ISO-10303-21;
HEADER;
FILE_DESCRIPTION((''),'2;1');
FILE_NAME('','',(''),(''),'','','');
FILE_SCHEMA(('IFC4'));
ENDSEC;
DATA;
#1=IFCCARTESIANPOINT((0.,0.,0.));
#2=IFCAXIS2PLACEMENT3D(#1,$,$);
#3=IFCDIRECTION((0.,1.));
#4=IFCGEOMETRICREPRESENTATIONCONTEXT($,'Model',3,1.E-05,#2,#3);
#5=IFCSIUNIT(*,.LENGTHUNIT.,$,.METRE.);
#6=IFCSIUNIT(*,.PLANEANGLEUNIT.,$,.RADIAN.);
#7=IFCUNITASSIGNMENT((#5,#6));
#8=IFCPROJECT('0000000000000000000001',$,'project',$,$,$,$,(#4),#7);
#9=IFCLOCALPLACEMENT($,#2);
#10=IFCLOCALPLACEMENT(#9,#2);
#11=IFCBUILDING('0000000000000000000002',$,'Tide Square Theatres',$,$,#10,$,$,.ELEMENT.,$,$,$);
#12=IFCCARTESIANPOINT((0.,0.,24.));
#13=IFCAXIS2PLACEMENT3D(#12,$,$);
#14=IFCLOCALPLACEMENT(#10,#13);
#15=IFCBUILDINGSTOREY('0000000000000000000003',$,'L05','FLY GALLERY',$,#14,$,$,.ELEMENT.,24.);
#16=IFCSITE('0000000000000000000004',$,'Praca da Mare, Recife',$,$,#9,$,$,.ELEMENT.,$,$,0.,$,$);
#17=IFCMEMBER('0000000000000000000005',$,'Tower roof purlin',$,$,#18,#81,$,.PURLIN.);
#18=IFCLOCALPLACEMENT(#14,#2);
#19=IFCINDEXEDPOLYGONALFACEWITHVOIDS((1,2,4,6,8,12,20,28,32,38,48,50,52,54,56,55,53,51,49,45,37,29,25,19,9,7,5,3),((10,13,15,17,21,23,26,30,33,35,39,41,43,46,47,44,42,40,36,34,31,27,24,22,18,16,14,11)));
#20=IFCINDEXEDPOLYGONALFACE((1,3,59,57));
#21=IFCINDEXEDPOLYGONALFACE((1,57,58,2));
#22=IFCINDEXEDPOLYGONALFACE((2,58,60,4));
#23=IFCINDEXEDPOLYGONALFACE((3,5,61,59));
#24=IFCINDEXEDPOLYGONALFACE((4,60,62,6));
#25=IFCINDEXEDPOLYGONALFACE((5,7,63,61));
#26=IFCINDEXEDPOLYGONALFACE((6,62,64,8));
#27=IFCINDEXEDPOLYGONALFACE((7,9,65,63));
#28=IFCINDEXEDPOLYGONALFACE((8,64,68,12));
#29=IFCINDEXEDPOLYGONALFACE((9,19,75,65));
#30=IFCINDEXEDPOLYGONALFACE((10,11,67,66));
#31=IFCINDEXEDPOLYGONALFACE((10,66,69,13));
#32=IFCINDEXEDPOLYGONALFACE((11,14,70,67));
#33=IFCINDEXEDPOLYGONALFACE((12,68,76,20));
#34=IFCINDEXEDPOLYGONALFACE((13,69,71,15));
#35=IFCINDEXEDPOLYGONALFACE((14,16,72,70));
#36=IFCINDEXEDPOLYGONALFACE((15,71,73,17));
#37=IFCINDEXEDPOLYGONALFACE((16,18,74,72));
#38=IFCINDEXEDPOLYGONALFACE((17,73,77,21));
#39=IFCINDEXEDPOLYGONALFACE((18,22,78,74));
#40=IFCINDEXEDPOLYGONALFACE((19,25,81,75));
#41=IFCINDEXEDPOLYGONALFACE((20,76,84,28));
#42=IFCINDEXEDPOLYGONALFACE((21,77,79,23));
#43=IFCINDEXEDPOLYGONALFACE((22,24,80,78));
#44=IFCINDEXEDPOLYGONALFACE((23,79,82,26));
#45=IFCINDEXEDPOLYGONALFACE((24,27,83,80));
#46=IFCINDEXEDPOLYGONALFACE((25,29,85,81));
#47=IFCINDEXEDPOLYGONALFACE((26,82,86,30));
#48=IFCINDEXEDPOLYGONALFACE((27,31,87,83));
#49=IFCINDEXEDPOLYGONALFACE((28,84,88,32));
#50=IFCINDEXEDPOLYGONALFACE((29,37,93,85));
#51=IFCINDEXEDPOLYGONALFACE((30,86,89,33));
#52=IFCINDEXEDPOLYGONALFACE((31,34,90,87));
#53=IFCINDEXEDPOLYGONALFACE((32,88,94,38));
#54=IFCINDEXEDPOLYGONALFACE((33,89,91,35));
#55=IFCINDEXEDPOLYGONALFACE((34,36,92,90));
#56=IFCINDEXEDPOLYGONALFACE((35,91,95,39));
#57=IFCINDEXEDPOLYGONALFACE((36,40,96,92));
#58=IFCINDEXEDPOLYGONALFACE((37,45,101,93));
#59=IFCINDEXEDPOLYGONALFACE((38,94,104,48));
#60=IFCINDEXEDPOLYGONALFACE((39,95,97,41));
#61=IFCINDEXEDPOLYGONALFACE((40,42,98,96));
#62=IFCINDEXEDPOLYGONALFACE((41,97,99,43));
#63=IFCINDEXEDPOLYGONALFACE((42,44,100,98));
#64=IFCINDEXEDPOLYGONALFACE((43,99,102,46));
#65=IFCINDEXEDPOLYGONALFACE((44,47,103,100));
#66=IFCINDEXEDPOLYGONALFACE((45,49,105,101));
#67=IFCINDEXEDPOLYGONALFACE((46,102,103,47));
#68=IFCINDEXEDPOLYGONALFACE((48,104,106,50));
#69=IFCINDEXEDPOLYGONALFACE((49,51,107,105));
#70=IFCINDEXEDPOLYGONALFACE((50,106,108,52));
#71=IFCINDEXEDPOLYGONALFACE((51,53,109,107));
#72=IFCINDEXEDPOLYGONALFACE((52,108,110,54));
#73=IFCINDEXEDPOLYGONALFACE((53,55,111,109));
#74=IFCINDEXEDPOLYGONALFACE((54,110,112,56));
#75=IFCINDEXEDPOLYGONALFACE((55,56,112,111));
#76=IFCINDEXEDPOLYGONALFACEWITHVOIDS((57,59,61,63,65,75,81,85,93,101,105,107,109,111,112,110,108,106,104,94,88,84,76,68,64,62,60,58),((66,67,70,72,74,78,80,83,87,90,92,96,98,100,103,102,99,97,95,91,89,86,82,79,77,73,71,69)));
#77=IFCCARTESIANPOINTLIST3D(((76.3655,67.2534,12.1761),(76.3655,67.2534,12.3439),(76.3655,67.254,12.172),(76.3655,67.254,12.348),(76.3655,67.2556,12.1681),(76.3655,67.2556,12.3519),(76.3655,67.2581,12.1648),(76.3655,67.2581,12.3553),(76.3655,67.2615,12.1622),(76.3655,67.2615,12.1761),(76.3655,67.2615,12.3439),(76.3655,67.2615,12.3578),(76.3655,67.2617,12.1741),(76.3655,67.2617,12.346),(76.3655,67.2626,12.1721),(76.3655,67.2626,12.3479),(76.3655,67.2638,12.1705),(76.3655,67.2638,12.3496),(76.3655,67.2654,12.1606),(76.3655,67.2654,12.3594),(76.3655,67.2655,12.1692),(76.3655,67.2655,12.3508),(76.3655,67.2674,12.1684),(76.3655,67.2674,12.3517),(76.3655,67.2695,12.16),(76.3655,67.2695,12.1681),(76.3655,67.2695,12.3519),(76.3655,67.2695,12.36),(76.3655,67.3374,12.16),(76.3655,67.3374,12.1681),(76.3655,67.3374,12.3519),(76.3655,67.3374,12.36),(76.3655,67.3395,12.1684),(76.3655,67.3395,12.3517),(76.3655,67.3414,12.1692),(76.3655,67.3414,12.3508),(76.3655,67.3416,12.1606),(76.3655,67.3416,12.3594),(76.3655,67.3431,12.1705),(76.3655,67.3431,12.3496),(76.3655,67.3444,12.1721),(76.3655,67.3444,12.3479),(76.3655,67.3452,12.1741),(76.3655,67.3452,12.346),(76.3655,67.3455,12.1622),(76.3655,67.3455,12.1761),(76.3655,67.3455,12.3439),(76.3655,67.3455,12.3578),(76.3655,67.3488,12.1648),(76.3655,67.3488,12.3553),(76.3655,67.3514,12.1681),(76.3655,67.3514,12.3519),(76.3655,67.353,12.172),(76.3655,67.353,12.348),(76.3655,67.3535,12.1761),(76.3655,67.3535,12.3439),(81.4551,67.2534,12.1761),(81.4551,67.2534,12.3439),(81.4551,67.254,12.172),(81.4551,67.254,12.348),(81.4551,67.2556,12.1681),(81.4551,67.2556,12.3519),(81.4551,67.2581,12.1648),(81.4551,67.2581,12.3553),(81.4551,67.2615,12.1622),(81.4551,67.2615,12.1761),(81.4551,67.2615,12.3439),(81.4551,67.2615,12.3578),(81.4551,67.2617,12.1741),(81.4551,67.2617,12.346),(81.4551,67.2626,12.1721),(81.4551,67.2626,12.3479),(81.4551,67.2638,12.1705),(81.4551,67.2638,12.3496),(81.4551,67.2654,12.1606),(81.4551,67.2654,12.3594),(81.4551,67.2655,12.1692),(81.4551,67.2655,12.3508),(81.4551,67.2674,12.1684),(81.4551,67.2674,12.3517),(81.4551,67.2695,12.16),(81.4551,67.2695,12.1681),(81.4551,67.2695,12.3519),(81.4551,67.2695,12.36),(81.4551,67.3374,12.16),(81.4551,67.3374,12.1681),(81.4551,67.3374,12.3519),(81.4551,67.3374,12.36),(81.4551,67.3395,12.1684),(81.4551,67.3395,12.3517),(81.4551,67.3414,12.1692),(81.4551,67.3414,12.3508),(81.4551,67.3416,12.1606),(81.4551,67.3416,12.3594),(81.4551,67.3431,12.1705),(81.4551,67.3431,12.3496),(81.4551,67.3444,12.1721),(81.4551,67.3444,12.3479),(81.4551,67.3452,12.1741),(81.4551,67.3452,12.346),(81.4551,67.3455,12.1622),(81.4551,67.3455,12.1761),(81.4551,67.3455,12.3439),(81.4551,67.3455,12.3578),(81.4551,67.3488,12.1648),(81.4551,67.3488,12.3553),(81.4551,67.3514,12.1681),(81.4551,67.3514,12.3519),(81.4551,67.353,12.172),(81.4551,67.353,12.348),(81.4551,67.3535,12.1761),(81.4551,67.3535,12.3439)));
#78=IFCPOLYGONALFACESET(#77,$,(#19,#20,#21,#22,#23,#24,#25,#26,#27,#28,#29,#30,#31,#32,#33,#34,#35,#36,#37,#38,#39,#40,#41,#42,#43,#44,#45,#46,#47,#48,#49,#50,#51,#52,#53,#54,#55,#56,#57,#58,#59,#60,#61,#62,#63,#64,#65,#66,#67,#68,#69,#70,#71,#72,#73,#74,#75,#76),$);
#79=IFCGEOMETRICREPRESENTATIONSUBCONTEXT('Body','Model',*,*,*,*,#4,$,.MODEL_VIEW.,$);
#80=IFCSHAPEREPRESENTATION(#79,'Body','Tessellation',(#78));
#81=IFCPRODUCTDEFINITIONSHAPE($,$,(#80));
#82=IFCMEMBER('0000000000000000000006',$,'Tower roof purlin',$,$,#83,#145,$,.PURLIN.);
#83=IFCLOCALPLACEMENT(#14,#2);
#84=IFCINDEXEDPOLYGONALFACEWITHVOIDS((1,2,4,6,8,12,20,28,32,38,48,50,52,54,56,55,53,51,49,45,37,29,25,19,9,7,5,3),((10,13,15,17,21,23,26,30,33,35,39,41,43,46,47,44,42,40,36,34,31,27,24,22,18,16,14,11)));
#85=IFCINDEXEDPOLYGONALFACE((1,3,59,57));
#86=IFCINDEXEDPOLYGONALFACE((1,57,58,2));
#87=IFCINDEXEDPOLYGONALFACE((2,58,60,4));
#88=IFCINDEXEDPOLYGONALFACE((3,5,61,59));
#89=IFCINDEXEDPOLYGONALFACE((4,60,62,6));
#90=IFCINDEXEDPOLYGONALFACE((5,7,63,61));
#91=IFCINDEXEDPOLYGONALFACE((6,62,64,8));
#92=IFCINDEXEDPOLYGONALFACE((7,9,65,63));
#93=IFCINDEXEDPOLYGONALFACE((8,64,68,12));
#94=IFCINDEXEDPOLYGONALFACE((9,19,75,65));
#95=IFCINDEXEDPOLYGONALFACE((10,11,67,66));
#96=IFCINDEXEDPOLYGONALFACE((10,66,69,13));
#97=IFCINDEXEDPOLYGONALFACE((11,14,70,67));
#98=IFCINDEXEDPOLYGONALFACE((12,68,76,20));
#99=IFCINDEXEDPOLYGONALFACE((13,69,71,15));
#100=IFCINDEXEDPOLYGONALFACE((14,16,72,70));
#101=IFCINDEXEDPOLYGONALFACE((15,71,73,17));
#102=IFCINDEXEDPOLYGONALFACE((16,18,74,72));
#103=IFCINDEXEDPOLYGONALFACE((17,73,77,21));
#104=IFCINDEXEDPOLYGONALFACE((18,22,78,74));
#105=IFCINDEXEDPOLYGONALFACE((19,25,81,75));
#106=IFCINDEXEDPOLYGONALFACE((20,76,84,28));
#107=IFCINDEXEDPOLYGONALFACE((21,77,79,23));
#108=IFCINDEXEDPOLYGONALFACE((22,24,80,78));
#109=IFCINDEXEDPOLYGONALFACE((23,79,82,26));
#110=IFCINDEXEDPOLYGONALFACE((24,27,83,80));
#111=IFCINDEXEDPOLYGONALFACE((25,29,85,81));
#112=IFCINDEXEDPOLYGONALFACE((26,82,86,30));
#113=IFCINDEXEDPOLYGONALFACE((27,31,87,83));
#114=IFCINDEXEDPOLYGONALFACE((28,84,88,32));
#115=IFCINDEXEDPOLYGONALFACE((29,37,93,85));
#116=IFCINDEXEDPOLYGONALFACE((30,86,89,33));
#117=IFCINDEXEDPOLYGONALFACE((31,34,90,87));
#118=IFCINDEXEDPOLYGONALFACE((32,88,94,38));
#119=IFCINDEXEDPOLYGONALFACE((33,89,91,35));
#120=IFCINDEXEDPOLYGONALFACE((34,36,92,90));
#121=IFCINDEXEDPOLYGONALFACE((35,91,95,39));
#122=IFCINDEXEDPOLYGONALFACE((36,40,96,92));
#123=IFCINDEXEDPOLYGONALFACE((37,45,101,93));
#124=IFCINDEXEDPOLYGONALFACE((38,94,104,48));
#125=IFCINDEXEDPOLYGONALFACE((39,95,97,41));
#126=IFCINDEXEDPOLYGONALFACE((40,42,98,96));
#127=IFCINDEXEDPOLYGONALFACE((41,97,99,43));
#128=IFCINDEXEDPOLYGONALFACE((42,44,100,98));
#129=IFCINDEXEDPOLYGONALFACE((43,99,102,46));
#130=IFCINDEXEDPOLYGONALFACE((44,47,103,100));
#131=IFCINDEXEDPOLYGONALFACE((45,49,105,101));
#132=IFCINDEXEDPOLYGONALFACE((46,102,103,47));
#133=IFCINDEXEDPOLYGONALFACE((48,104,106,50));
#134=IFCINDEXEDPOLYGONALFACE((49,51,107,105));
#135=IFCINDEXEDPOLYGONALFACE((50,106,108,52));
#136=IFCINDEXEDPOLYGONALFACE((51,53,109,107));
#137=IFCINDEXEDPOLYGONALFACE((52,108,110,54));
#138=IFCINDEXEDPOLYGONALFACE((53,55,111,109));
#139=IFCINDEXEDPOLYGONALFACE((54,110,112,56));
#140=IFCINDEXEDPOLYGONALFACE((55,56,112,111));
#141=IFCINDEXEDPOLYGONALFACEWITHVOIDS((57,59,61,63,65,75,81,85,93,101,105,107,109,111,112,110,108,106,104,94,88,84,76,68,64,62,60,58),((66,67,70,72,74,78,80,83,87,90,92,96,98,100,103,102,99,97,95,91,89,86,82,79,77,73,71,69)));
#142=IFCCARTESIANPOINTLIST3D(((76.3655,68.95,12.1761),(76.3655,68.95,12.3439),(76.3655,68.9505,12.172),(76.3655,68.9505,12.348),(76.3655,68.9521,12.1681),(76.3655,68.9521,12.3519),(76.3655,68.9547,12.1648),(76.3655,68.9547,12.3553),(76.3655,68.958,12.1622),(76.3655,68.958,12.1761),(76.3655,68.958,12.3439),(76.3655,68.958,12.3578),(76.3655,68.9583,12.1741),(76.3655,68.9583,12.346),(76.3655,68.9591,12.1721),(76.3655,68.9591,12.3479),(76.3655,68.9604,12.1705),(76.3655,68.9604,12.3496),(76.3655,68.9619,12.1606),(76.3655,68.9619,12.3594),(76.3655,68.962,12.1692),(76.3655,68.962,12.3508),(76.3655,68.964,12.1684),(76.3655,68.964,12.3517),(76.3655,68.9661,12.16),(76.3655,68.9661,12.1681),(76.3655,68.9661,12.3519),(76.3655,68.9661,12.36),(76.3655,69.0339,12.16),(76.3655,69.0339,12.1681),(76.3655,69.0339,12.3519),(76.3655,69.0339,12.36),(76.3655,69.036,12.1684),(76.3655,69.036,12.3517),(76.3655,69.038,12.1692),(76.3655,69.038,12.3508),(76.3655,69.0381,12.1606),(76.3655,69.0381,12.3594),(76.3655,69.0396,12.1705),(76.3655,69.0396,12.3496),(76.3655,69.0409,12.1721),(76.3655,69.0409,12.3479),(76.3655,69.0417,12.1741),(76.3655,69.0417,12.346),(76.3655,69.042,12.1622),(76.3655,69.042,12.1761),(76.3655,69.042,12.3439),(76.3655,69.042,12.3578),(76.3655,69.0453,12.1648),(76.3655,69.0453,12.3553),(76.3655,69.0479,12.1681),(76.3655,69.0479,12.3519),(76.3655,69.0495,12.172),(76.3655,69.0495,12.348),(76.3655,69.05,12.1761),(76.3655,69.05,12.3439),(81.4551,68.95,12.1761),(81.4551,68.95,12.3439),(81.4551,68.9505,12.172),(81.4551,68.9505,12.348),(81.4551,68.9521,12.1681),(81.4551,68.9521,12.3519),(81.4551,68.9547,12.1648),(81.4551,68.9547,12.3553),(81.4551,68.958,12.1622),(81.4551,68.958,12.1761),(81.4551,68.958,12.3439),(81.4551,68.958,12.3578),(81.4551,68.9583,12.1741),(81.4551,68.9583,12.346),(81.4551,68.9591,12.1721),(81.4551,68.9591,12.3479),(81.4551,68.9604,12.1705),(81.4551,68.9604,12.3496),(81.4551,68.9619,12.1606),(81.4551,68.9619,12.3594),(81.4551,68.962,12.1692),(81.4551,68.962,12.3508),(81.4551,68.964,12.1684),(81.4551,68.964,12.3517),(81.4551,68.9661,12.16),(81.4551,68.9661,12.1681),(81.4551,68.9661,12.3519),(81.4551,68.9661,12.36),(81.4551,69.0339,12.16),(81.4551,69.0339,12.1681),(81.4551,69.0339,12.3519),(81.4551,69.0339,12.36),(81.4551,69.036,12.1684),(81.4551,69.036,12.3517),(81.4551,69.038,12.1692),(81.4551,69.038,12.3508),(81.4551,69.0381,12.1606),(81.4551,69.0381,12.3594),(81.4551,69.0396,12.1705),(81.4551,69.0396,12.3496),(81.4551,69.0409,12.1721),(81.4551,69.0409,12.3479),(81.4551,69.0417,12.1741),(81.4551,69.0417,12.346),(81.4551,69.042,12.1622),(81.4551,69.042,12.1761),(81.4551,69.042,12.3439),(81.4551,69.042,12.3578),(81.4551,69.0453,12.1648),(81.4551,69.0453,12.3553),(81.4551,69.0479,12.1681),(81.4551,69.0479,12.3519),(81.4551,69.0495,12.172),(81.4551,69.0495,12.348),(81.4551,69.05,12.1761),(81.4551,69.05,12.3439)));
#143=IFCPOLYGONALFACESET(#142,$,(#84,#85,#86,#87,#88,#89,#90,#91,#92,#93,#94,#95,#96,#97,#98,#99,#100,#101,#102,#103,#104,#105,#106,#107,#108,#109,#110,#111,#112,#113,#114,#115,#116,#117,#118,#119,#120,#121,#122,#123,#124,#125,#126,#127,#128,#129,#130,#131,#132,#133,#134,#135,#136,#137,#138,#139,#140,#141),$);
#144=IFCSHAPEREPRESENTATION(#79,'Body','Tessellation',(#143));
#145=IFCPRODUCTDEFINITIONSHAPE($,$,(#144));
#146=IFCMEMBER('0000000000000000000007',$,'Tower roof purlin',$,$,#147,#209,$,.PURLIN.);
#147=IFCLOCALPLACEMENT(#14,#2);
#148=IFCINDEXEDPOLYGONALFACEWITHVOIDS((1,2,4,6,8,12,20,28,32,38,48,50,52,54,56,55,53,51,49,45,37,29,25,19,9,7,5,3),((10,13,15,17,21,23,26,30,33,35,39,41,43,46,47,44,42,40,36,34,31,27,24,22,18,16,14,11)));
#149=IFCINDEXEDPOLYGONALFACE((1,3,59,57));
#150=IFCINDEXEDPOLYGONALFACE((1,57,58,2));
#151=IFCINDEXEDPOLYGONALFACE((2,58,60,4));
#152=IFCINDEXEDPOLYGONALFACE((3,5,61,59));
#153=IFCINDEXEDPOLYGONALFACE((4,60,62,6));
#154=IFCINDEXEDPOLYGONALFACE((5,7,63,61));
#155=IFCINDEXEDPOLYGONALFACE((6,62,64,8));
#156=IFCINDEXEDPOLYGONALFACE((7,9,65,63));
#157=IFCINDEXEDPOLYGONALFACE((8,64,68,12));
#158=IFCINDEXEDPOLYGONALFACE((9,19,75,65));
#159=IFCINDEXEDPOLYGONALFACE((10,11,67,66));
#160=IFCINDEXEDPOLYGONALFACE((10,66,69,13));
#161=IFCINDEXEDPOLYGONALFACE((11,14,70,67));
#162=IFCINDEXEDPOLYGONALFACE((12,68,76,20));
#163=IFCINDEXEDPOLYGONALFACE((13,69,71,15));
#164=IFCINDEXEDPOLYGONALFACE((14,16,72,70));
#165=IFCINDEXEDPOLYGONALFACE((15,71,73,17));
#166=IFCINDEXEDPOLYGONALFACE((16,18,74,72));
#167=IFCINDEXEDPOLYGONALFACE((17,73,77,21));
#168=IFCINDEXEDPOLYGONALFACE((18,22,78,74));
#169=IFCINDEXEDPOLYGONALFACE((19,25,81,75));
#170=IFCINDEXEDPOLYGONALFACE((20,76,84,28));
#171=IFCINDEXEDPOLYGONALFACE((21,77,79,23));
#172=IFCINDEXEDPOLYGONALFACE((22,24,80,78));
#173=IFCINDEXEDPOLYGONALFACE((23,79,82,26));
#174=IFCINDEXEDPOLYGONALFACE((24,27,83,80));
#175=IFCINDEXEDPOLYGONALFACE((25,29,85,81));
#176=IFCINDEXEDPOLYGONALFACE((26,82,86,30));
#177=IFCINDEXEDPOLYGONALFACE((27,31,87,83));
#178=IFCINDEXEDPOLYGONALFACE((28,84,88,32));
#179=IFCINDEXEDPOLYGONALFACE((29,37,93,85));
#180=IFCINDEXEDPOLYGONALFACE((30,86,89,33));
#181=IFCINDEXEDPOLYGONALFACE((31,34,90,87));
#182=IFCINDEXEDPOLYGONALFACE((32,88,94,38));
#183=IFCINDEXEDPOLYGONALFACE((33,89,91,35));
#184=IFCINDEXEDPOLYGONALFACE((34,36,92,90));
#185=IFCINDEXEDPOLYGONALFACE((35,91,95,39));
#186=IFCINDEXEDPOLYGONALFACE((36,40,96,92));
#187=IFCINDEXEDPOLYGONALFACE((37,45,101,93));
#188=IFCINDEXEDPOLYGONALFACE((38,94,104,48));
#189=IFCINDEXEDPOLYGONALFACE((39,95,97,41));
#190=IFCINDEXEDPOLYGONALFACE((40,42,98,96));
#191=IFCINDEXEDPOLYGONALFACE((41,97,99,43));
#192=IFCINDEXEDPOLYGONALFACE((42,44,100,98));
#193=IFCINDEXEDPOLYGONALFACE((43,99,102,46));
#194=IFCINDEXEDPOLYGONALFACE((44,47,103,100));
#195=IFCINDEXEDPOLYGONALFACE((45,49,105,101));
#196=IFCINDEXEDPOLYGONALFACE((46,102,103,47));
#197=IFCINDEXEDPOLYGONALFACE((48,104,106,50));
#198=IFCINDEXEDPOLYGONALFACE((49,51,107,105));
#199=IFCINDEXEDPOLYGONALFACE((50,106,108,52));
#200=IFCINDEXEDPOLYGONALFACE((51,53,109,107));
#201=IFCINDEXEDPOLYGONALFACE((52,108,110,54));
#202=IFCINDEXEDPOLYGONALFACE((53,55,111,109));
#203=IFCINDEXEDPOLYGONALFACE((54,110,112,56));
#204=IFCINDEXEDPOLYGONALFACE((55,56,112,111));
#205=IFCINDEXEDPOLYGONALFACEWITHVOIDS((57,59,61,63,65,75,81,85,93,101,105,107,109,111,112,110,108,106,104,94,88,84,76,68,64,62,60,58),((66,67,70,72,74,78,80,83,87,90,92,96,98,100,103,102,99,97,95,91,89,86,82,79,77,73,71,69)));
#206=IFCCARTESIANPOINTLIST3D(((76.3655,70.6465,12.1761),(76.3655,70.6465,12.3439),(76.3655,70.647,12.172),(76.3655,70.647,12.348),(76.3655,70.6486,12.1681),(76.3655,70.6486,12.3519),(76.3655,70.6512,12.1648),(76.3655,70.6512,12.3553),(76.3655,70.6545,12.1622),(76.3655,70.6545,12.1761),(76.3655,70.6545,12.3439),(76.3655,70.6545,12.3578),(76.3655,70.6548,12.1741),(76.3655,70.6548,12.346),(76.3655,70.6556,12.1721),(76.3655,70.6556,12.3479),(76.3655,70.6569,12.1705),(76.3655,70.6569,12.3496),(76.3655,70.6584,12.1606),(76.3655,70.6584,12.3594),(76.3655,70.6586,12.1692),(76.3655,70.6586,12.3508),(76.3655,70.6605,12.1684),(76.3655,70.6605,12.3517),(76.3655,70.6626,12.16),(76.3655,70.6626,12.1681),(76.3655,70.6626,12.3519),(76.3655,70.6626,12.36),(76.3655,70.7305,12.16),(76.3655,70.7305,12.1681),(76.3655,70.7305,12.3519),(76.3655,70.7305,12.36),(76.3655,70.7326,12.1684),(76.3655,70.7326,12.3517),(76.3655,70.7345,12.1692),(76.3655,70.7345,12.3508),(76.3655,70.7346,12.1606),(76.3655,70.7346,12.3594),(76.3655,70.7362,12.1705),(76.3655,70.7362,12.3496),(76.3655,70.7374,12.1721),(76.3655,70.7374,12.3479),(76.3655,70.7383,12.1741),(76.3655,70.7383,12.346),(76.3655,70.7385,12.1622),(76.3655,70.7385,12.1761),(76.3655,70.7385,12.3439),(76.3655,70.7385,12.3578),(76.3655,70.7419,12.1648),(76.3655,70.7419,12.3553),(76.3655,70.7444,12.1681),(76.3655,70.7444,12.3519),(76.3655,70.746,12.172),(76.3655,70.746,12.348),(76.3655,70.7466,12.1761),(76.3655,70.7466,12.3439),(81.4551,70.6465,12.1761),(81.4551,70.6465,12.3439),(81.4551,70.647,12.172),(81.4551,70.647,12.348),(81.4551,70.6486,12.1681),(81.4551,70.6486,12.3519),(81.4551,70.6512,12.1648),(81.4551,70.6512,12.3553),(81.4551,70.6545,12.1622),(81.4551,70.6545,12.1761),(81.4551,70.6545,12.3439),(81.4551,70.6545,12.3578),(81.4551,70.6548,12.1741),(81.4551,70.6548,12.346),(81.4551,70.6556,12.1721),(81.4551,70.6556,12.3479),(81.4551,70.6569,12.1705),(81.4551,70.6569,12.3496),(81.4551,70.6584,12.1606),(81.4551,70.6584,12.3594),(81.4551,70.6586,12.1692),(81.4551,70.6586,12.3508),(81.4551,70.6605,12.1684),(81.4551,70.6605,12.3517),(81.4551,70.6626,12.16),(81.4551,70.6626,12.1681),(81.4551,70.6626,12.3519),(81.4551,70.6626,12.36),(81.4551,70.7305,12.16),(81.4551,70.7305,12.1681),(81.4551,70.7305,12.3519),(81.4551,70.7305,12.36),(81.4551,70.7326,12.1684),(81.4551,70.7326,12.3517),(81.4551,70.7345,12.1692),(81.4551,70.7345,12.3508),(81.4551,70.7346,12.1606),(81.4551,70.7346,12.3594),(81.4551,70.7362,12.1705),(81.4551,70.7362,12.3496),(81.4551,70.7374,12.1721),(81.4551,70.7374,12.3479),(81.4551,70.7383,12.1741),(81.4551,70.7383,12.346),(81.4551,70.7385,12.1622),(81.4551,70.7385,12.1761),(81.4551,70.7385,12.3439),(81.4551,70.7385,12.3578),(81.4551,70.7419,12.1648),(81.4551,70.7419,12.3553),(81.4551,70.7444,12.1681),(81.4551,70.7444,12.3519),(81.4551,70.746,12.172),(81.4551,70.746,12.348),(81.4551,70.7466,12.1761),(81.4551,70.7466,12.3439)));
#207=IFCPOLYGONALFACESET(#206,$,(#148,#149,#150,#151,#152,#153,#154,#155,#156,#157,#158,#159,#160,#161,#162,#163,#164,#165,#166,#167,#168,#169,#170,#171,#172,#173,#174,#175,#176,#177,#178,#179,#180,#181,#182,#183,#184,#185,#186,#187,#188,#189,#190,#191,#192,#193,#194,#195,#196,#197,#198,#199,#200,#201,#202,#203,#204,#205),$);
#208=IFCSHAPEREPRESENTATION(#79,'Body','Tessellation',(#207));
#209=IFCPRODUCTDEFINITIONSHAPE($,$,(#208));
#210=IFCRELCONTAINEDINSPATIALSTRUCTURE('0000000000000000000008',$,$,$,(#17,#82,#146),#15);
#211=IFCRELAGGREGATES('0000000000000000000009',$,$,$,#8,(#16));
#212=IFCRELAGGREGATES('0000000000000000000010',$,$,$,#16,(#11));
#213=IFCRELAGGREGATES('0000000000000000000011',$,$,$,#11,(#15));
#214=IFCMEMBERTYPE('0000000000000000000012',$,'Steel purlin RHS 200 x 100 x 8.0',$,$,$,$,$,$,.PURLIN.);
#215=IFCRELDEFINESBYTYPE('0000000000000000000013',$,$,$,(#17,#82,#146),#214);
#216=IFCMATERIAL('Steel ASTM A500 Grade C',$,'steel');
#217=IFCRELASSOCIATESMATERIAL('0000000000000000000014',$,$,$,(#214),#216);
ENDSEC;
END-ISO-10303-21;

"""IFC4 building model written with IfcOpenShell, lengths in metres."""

from ifc_helpers import new_model, si_unit, direction, frame, origin, origin_2d, place, context, subcontext, project, spatial, hollow_rectangle, extrude, material, material_profile, profile_set, type_object, element, save


model = new_model("IFC4")

# Units and contexts
model_context = context("Model", 3, precision=1e-05, world=origin(), true_north=direction((0.0, 1.0)))
body_context = subcontext(model_context, "Body", "Model", "MODEL_VIEW")
ifc_project = project(units=[si_unit("LENGTHUNIT", "METRE"), si_unit("PLANEANGLEUNIT", "RADIAN")], contexts=[model_context])

# Site, building, storey
site_placement = place(None, origin())
site = spatial("IfcSite", under=ifc_project, at=site_placement, Name="Praca da Mare, Recife", CompositionType="ELEMENT", RefElevation=0.0)
building_placement = place(site_placement, origin())
building = spatial("IfcBuilding", under=site, at=building_placement, Name="Tide Square Theatres", CompositionType="ELEMENT")
storey_placement = place(building_placement, frame((0.0, 0.0, 24.0)))
storey = spatial("IfcBuildingStorey", under=building, at=storey_placement, Name="L05", Description="FLY GALLERY", CompositionType="ELEMENT", Elevation=24.0)

# Members
ifc_material_1 = material(Name="Steel ASTM A500 Grade C", Category="steel")
ifc_material_profile_1 = material_profile(ifc_material_1, hollow_rectangle(XDim=0.1001, YDim=0.2, WallThickness=0.0081, InnerFilletRadius=0.0081, OuterFilletRadius=0.0161, at=origin_2d()))
ifc_profile_set_1 = profile_set([ifc_material_profile_1], Name="Steel ASTM A500 Grade C")
member_type = type_object("IfcMemberType", Name="Steel purlin RHS 200 x 100 x 8.0", PredefinedType="PURLIN", material=ifc_profile_set_1)
for number, where, z_axis, x_axis, name in (
    (1, (76.3655, 67.3035, 12.26), (1.0, 0.0, 0.0), (0.0, 1.0, 0.0), "Tower roof purlin"),
    (2, (76.3655, 69.0, 12.26), (1.0, 0.0, 0.0), (0.0, 1.0, 0.0), "Tower roof purlin"),
    (3, (76.3655, 70.6965, 12.26), (1.0, 0.0, 0.0), (0.0, 1.0, 0.0), "Tower roof purlin"),
):
    element("IfcMember", number, at=place(storey_placement, frame(where, z_axis=z_axis, x_axis=x_axis)), inside=storey, type_object=member_type, Name=name, PredefinedType="PURLIN", context=body_context, shape_type="SweptSolid", body=[
        extrude(hollow_rectangle(XDim=0.1001, YDim=0.2, WallThickness=0.0081, InnerFilletRadius=0.0081, OuterFilletRadius=0.0161, at=origin_2d()), origin(), (0.0, 0.0, 1.0), 5.0896),
    ])

save(model, "model.ifc")
